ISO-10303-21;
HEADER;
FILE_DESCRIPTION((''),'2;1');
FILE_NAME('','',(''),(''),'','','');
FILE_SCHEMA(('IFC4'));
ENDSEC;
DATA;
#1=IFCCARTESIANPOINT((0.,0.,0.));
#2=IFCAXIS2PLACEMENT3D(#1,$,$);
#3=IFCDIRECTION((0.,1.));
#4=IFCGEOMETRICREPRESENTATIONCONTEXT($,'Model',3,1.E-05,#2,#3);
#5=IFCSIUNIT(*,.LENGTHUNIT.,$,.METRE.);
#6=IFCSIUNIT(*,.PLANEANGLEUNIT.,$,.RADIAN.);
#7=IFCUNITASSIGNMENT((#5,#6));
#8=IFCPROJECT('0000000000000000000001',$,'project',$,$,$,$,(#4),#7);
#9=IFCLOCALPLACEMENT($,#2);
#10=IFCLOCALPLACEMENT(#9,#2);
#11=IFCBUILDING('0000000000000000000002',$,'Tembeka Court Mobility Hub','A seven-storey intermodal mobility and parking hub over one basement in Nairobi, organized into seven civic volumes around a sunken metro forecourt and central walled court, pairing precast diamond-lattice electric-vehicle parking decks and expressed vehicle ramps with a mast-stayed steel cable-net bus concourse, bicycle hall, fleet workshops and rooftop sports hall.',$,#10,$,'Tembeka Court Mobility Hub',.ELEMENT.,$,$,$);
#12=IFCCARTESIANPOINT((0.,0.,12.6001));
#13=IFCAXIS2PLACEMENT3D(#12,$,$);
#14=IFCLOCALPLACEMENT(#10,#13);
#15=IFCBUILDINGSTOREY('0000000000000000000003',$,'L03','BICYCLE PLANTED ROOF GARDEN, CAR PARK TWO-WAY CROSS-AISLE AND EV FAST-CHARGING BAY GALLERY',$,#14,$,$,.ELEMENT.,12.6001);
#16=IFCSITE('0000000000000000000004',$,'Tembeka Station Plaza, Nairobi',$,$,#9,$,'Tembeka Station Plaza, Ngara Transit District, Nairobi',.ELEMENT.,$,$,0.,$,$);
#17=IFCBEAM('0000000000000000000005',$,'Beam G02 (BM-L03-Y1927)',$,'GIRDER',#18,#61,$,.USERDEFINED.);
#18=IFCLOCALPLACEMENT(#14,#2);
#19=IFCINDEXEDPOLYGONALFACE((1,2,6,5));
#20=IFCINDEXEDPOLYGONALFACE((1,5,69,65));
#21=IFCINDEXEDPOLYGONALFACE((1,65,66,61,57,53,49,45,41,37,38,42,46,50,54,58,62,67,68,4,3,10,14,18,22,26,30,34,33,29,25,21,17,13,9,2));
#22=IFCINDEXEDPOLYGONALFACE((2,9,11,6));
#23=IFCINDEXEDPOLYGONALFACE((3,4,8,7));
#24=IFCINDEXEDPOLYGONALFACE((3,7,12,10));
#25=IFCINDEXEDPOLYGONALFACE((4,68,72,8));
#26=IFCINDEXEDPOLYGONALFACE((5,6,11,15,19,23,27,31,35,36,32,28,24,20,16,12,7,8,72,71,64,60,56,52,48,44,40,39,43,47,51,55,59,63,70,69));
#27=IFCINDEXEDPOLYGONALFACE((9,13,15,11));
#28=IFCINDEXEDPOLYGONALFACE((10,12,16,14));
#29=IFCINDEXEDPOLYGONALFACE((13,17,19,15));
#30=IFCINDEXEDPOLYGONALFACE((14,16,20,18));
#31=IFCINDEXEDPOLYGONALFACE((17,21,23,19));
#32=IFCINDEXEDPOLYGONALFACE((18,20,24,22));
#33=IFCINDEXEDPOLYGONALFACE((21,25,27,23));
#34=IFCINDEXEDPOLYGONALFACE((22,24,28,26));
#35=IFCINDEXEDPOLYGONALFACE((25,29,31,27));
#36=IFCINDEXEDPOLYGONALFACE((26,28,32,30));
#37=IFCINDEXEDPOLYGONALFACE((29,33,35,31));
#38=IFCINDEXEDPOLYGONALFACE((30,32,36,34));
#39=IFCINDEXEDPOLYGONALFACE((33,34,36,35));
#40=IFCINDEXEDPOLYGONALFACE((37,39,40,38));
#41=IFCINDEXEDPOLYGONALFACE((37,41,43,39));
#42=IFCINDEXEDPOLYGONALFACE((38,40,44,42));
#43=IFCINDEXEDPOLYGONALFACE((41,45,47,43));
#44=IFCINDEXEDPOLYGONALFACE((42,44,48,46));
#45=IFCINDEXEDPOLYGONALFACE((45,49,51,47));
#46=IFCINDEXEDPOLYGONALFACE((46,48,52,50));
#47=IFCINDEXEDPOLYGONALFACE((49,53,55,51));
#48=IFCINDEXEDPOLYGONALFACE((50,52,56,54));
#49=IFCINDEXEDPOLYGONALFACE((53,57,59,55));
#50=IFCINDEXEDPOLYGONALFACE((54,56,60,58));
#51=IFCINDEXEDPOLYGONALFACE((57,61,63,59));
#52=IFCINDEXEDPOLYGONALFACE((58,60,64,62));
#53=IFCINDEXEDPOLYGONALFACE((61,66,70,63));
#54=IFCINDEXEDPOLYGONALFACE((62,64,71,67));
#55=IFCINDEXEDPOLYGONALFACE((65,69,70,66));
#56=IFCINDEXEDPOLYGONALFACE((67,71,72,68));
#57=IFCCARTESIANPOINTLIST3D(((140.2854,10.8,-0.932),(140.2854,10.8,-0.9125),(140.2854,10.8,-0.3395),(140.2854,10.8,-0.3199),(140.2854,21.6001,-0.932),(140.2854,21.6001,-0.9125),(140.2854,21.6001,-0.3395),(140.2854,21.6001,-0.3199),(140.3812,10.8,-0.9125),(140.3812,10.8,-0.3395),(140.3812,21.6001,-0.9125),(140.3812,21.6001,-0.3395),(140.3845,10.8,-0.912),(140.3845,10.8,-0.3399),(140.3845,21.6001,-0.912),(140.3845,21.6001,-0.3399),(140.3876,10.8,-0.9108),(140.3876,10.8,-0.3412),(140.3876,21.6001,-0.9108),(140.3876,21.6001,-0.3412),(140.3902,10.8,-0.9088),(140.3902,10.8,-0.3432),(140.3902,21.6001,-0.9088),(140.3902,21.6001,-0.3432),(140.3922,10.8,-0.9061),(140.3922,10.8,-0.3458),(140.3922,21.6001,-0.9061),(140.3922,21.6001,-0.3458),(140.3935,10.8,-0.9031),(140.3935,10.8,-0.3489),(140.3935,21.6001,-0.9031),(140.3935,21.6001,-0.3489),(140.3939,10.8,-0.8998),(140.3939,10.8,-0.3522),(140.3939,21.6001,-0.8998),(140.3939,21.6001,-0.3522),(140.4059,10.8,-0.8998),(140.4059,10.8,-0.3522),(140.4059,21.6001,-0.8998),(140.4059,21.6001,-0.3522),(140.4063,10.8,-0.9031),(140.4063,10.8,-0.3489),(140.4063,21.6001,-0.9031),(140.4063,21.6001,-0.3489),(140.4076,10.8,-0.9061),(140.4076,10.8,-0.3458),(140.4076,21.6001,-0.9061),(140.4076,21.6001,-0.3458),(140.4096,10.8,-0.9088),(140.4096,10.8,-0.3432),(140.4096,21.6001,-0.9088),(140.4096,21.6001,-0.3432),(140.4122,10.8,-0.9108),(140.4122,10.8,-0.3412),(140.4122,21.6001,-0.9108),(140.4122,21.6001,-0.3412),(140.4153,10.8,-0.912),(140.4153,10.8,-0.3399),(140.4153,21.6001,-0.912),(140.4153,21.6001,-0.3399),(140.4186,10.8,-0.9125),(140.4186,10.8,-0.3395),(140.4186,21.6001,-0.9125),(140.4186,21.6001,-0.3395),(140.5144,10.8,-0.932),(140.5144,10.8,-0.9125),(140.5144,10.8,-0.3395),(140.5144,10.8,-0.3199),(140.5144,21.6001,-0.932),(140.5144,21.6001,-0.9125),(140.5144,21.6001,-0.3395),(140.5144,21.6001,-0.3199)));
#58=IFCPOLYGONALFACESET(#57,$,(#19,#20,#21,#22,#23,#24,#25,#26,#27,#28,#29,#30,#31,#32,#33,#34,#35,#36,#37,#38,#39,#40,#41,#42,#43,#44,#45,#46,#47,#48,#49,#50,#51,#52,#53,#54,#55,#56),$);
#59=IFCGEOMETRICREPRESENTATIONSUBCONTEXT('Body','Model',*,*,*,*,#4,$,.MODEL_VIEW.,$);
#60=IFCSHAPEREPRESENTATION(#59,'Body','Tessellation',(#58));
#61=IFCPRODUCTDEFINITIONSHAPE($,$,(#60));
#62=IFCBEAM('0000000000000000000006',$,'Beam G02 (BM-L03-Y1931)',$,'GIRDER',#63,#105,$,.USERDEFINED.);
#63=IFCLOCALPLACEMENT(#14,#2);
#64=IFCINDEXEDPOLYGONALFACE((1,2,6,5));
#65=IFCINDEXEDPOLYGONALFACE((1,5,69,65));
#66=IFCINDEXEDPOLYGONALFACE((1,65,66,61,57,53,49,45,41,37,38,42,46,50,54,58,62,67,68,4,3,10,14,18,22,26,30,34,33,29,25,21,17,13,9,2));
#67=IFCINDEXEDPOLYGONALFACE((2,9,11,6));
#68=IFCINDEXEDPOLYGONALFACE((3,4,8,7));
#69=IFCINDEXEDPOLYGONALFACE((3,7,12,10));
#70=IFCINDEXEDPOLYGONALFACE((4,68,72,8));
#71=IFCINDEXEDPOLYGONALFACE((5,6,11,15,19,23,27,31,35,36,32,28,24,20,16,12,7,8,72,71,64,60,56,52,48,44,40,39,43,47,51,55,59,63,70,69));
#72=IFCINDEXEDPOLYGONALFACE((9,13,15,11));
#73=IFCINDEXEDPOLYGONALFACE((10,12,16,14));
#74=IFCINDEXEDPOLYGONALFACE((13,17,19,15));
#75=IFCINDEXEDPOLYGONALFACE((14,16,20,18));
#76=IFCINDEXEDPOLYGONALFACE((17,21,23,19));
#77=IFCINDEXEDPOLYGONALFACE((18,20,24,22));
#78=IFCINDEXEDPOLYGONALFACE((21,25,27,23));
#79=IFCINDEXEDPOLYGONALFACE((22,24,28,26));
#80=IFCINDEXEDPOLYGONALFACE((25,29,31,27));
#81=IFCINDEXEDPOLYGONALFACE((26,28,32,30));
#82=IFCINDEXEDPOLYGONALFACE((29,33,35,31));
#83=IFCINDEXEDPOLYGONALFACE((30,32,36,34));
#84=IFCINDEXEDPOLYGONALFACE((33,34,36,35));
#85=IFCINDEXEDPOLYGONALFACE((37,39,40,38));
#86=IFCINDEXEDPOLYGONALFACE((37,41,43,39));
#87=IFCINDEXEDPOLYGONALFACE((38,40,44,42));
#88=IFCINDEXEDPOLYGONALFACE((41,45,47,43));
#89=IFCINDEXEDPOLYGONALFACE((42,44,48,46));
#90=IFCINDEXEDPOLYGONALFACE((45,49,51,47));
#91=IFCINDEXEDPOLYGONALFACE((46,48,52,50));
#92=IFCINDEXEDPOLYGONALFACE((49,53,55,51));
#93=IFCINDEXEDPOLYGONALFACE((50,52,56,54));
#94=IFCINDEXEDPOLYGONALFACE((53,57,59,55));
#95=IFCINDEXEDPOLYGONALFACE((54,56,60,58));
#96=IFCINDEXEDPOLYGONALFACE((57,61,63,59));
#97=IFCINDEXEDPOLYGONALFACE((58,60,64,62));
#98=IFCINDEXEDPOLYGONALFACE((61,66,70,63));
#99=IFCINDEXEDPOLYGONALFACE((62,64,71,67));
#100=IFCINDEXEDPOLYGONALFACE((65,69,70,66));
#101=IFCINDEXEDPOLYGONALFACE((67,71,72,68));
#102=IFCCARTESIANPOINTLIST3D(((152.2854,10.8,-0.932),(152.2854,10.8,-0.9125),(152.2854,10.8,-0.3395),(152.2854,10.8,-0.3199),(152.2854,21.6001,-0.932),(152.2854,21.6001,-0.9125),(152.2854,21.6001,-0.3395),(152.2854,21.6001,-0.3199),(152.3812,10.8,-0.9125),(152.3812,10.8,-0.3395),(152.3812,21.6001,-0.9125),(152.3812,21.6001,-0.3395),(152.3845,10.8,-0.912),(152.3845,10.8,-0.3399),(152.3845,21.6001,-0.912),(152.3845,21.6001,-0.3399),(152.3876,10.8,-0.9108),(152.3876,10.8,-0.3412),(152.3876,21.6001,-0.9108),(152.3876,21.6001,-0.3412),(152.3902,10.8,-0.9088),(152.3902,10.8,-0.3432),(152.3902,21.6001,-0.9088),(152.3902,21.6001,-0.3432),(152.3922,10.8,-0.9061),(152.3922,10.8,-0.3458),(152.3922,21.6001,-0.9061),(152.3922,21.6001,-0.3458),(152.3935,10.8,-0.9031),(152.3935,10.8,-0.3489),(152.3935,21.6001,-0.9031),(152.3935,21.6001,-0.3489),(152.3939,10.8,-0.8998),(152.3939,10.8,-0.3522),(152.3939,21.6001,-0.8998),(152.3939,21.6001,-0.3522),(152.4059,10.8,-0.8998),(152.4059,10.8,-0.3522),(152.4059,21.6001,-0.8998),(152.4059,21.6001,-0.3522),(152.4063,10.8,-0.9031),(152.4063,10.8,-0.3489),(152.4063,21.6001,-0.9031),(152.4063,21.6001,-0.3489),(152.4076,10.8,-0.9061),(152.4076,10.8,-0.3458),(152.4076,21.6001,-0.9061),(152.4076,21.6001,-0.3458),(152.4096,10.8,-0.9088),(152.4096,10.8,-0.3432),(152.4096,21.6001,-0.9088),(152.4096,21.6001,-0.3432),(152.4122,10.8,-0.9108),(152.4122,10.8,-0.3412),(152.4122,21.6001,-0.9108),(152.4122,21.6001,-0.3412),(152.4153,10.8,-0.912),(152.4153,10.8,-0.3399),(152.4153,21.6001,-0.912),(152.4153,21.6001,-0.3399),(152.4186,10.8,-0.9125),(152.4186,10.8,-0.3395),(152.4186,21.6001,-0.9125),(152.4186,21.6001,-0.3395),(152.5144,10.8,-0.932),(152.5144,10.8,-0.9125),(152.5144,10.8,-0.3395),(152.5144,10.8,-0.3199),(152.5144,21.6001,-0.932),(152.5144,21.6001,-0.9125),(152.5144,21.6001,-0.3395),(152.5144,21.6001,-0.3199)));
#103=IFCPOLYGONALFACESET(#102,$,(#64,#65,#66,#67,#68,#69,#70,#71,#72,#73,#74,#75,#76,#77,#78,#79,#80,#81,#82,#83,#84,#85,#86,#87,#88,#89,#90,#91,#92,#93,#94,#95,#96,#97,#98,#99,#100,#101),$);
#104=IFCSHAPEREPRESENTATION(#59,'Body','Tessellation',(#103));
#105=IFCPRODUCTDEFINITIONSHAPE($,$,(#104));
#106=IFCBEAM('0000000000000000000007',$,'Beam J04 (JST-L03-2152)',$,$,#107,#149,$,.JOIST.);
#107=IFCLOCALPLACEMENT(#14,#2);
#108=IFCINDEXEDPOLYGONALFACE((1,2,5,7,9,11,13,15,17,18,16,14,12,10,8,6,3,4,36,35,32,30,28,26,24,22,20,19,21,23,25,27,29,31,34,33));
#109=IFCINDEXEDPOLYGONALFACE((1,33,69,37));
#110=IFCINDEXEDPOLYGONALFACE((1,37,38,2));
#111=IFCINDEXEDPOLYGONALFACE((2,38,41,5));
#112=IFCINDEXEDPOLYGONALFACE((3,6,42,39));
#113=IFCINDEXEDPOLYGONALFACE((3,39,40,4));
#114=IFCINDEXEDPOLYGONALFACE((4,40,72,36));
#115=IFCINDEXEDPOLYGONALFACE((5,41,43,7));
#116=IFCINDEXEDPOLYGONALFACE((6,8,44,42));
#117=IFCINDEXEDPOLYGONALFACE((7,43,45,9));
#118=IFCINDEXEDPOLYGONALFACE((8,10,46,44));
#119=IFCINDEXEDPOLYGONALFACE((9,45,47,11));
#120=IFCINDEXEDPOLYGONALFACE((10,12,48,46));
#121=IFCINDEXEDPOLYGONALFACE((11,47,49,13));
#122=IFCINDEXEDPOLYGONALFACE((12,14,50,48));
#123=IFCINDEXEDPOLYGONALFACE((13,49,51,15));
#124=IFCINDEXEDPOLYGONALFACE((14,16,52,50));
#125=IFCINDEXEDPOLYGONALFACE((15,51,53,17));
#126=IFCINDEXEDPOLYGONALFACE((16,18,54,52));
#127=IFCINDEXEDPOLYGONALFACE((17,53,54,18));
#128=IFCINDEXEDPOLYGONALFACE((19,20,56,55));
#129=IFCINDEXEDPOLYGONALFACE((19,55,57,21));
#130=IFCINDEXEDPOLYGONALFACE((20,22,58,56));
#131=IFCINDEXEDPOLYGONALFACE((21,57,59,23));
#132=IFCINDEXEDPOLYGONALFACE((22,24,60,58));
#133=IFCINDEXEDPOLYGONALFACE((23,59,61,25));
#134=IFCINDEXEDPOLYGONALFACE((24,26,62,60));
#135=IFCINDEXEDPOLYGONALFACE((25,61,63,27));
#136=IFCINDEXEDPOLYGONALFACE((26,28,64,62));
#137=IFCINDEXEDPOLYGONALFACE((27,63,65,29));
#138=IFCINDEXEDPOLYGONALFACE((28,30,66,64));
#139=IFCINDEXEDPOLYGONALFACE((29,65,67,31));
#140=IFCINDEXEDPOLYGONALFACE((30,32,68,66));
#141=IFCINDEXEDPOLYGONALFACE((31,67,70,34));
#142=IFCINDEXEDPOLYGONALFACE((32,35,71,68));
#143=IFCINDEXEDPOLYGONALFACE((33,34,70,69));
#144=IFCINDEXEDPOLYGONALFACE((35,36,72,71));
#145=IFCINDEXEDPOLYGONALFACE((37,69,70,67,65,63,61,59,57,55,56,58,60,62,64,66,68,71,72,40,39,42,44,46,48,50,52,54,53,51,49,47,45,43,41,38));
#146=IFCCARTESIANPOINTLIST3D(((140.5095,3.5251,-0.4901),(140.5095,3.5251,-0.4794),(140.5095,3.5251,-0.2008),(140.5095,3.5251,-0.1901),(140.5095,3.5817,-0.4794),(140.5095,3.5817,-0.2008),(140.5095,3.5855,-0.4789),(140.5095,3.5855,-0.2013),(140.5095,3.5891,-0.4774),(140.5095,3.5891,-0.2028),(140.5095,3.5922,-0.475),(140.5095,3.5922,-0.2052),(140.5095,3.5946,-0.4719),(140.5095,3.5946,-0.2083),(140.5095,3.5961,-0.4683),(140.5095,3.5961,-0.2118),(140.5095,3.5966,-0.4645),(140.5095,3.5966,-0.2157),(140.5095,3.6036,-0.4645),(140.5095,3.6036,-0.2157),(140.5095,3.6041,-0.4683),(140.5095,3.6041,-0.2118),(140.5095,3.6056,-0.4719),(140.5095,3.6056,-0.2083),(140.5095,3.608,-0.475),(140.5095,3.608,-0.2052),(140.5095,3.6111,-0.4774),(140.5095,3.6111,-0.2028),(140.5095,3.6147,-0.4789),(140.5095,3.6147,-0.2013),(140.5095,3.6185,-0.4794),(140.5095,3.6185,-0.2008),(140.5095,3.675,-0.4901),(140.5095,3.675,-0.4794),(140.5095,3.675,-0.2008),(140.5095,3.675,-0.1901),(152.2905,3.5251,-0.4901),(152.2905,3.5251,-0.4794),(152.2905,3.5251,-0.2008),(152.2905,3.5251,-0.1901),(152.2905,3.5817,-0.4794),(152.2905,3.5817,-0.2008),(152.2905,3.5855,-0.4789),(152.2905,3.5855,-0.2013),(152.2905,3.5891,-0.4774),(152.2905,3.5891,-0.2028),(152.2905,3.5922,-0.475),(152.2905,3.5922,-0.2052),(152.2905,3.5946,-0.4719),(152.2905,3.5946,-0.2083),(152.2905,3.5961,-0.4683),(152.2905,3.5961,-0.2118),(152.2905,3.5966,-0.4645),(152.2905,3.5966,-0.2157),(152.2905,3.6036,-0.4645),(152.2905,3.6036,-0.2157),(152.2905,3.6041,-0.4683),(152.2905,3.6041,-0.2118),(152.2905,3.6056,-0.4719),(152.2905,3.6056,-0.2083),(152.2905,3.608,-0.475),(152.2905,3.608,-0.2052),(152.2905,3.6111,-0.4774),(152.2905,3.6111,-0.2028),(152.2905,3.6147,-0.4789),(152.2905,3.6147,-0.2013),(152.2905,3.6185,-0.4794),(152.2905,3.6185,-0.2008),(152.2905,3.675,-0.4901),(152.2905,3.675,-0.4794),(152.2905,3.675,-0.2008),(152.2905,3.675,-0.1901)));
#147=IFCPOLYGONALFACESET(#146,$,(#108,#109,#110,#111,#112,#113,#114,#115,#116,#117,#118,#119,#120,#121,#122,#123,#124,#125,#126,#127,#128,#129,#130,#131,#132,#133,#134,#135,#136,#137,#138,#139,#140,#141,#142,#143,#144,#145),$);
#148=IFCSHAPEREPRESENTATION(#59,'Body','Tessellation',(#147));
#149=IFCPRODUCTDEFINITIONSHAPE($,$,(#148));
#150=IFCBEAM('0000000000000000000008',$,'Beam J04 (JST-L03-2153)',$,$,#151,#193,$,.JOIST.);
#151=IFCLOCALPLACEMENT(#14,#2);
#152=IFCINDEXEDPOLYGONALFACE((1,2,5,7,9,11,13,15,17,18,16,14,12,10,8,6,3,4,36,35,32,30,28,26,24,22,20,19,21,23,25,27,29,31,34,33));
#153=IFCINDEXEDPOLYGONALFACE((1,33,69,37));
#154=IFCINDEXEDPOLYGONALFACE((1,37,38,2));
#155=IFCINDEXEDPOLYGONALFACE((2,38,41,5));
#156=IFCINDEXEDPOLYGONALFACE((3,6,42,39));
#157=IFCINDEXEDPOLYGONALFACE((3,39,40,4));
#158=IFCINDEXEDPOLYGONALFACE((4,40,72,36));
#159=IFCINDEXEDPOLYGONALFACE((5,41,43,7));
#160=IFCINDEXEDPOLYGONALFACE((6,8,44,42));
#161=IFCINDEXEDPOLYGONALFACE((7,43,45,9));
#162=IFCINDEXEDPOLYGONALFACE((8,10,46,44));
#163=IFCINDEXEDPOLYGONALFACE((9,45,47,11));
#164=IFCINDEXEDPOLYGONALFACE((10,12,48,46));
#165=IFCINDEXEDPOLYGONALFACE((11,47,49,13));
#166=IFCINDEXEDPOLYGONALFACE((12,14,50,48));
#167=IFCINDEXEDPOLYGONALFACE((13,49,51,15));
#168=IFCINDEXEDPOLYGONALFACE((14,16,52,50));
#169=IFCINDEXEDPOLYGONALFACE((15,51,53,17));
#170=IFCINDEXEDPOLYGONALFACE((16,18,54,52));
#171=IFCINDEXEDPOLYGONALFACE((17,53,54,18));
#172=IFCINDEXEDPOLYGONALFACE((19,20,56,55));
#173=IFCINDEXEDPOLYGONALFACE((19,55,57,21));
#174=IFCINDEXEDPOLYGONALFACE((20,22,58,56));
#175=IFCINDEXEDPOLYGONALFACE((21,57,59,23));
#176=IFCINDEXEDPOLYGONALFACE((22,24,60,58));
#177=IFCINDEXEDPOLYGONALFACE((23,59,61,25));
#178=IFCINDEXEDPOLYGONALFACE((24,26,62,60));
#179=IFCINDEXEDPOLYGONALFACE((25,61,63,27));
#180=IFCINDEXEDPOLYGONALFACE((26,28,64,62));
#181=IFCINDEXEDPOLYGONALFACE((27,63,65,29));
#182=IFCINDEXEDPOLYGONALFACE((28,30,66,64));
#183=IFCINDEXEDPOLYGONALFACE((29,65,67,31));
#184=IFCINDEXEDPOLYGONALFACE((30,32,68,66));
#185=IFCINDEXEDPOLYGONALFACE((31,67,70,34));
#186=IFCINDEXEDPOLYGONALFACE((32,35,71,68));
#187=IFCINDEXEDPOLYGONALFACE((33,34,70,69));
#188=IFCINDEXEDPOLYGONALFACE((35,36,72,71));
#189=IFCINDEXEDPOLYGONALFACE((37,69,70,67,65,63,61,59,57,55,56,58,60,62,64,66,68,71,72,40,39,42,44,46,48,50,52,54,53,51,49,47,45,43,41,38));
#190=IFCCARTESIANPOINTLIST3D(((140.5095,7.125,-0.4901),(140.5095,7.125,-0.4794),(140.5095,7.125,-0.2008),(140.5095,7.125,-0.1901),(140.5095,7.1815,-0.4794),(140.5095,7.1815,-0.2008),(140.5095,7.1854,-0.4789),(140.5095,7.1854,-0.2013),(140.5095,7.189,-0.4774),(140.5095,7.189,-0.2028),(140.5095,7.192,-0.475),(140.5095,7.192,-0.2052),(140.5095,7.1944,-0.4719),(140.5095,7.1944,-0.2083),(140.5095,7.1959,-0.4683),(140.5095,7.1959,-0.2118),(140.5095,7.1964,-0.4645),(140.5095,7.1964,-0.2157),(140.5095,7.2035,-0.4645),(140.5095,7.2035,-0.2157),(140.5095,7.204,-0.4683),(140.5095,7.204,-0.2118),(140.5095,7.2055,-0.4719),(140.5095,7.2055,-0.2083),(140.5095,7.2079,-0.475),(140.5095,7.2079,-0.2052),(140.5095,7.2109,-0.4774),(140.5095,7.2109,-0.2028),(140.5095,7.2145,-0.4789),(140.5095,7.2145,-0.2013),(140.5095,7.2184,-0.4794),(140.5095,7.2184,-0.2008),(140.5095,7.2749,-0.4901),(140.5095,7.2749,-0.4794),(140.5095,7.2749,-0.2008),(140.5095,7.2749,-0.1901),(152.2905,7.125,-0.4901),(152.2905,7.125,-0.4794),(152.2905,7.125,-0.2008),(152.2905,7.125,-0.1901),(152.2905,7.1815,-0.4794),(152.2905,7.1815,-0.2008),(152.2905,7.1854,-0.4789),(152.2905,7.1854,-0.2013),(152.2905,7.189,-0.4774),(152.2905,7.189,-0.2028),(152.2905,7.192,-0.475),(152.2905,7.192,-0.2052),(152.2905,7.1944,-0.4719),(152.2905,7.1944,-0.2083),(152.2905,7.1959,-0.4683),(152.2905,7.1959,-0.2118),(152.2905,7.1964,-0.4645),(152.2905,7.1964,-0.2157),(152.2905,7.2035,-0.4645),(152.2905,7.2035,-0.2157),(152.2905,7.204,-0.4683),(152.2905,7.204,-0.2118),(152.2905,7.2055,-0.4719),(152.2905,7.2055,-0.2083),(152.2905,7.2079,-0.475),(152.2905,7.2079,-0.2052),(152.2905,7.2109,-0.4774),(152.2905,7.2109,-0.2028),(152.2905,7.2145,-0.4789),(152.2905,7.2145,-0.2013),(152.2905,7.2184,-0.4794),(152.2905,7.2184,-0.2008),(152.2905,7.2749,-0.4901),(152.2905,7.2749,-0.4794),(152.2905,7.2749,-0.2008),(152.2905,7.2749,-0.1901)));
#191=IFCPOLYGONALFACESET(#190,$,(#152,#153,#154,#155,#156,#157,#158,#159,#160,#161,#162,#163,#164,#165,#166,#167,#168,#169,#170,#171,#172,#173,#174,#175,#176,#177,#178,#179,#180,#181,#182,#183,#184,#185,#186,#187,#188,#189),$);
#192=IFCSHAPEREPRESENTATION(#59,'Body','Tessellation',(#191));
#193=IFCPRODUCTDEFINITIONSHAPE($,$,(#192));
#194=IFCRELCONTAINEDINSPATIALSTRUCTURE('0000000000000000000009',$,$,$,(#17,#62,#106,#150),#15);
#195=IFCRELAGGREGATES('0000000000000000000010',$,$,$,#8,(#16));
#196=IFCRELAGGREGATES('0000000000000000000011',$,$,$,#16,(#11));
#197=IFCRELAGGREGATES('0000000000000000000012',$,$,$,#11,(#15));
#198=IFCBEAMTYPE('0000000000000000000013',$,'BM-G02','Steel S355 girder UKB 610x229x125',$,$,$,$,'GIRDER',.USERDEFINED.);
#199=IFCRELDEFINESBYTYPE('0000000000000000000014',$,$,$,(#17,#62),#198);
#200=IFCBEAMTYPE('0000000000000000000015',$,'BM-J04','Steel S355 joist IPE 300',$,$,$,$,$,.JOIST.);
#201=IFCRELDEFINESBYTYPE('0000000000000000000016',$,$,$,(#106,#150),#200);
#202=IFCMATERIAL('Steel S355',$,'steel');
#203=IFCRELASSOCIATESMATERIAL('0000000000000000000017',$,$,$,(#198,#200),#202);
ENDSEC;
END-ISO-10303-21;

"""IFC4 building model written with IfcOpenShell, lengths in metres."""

from ifc_helpers import new_model, si_unit, direction, frame, origin, origin_2d, place, context, subcontext, project, spatial, i_section, extrude, material, material_profile, profile_set, type_object, element, save


model = new_model("IFC4")

# Units and contexts
model_context = context("Model", 3, precision=1e-05, world=origin(), true_north=direction((0.0, 1.0)))
body_context = subcontext(model_context, "Body", "Model", "MODEL_VIEW")
ifc_project = project(units=[si_unit("LENGTHUNIT", "METRE"), si_unit("PLANEANGLEUNIT", "RADIAN")], contexts=[model_context])

# Site, building, storey
site_placement = place(None, origin())
site = spatial("IfcSite", under=ifc_project, at=site_placement, Name="Tembeka Station Plaza, Nairobi", LongName="Tembeka Station Plaza, Ngara Transit District, Nairobi", CompositionType="ELEMENT", RefElevation=0.0)
building_placement = place(site_placement, origin())
building = spatial("IfcBuilding", under=site, at=building_placement, Name="Tembeka Court Mobility Hub", Description="A seven-storey intermodal mobility and parking hub over one basement in Nairobi, organized into seven civic volumes around a sunken metro forecourt and central walled court, pairing precast diamond-lattice electric-vehicle parking decks and expressed vehicle ramps with a mast-stayed steel cable-net bus concourse, bicycle hall, fleet workshops and rooftop sports hall.", LongName="Tembeka Court Mobility Hub", CompositionType="ELEMENT")
storey_placement = place(building_placement, frame((0.0, 0.0, 12.6001)))
storey = spatial("IfcBuildingStorey", under=building, at=storey_placement, Name="L03", Description="BICYCLE PLANTED ROOF GARDEN, CAR PARK TWO-WAY CROSS-AISLE AND EV FAST-CHARGING BAY GALLERY", CompositionType="ELEMENT", Elevation=12.6001)

# Shared definitions
ifc_material_1 = material(Name="Steel S355", Category="steel")

# Beams
ifc_material_profile_1 = material_profile(ifc_material_1, i_section(OverallWidth=0.229, OverallDepth=0.6121, WebThickness=0.012, FlangeThickness=0.0195, FilletRadius=0.0127, at=origin_2d()), Name="UKB 610x229x125")
ifc_profile_set_1 = profile_set([ifc_material_profile_1], Name="Steel S355")
beam_type_1 = type_object("IfcBeamType", Name="BM-G02", Description="Steel S355 girder UKB 610x229x125", ElementType="GIRDER", PredefinedType="USERDEFINED", material=ifc_profile_set_1)
for number, where, z_axis, x_axis, name in (
    (1, (140.3999, 10.8, -0.626), (0.0, 1.0, 0.0), (-1.0, 0.0, 0.0), "Beam G02 (BM-L03-Y1927)"),
    (2, (152.3999, 10.8, -0.626), (0.0, 1.0, 0.0), (-1.0, 0.0, 0.0), "Beam G02 (BM-L03-Y1931)"),
):
    element("IfcBeam", number, at=place(storey_placement, frame(where, z_axis=z_axis, x_axis=x_axis)), inside=storey, type_object=beam_type_1, Name=name, ObjectType="GIRDER", PredefinedType="USERDEFINED", context=body_context, shape_type="SweptSolid", body=[
        extrude(i_section(OverallWidth=0.229, OverallDepth=0.6121, WebThickness=0.012, FlangeThickness=0.0195, FilletRadius=0.0127, at=origin_2d()), origin(), (0.0, 0.0, 1.0), 10.8),
    ])
ifc_material_profile_2 = material_profile(ifc_material_1, i_section(OverallWidth=0.1499, OverallDepth=0.3, WebThickness=0.0071, FlangeThickness=0.0107, FilletRadius=0.0149, at=origin_2d()), Name="IPE 300")
ifc_profile_set_2 = profile_set([ifc_material_profile_2], Name="Steel S355")
beam_type_2 = type_object("IfcBeamType", Name="BM-J04", Description="Steel S355 joist IPE 300", PredefinedType="JOIST", material=ifc_profile_set_2)
for number, where, z_axis, x_axis, name in (
    (3, (140.5095, 3.6001, -0.3401), (1.0, 0.0, 0.0), (0.0, 1.0, 0.0), "Beam J04 (JST-L03-2152)"),
    (4, (140.5095, 7.2, -0.3401), (1.0, 0.0, 0.0), (0.0, 1.0, 0.0), "Beam J04 (JST-L03-2153)"),
):
    element("IfcBeam", number, at=place(storey_placement, frame(where, z_axis=z_axis, x_axis=x_axis)), inside=storey, type_object=beam_type_2, Name=name, PredefinedType="JOIST", context=body_context, shape_type="SweptSolid", body=[
        extrude(i_section(OverallWidth=0.1499, OverallDepth=0.3, WebThickness=0.0071, FlangeThickness=0.0107, FilletRadius=0.0149, at=origin_2d()), origin(), (0.0, 0.0, 1.0), 11.781),
    ])

save(model, "model.ifc")
